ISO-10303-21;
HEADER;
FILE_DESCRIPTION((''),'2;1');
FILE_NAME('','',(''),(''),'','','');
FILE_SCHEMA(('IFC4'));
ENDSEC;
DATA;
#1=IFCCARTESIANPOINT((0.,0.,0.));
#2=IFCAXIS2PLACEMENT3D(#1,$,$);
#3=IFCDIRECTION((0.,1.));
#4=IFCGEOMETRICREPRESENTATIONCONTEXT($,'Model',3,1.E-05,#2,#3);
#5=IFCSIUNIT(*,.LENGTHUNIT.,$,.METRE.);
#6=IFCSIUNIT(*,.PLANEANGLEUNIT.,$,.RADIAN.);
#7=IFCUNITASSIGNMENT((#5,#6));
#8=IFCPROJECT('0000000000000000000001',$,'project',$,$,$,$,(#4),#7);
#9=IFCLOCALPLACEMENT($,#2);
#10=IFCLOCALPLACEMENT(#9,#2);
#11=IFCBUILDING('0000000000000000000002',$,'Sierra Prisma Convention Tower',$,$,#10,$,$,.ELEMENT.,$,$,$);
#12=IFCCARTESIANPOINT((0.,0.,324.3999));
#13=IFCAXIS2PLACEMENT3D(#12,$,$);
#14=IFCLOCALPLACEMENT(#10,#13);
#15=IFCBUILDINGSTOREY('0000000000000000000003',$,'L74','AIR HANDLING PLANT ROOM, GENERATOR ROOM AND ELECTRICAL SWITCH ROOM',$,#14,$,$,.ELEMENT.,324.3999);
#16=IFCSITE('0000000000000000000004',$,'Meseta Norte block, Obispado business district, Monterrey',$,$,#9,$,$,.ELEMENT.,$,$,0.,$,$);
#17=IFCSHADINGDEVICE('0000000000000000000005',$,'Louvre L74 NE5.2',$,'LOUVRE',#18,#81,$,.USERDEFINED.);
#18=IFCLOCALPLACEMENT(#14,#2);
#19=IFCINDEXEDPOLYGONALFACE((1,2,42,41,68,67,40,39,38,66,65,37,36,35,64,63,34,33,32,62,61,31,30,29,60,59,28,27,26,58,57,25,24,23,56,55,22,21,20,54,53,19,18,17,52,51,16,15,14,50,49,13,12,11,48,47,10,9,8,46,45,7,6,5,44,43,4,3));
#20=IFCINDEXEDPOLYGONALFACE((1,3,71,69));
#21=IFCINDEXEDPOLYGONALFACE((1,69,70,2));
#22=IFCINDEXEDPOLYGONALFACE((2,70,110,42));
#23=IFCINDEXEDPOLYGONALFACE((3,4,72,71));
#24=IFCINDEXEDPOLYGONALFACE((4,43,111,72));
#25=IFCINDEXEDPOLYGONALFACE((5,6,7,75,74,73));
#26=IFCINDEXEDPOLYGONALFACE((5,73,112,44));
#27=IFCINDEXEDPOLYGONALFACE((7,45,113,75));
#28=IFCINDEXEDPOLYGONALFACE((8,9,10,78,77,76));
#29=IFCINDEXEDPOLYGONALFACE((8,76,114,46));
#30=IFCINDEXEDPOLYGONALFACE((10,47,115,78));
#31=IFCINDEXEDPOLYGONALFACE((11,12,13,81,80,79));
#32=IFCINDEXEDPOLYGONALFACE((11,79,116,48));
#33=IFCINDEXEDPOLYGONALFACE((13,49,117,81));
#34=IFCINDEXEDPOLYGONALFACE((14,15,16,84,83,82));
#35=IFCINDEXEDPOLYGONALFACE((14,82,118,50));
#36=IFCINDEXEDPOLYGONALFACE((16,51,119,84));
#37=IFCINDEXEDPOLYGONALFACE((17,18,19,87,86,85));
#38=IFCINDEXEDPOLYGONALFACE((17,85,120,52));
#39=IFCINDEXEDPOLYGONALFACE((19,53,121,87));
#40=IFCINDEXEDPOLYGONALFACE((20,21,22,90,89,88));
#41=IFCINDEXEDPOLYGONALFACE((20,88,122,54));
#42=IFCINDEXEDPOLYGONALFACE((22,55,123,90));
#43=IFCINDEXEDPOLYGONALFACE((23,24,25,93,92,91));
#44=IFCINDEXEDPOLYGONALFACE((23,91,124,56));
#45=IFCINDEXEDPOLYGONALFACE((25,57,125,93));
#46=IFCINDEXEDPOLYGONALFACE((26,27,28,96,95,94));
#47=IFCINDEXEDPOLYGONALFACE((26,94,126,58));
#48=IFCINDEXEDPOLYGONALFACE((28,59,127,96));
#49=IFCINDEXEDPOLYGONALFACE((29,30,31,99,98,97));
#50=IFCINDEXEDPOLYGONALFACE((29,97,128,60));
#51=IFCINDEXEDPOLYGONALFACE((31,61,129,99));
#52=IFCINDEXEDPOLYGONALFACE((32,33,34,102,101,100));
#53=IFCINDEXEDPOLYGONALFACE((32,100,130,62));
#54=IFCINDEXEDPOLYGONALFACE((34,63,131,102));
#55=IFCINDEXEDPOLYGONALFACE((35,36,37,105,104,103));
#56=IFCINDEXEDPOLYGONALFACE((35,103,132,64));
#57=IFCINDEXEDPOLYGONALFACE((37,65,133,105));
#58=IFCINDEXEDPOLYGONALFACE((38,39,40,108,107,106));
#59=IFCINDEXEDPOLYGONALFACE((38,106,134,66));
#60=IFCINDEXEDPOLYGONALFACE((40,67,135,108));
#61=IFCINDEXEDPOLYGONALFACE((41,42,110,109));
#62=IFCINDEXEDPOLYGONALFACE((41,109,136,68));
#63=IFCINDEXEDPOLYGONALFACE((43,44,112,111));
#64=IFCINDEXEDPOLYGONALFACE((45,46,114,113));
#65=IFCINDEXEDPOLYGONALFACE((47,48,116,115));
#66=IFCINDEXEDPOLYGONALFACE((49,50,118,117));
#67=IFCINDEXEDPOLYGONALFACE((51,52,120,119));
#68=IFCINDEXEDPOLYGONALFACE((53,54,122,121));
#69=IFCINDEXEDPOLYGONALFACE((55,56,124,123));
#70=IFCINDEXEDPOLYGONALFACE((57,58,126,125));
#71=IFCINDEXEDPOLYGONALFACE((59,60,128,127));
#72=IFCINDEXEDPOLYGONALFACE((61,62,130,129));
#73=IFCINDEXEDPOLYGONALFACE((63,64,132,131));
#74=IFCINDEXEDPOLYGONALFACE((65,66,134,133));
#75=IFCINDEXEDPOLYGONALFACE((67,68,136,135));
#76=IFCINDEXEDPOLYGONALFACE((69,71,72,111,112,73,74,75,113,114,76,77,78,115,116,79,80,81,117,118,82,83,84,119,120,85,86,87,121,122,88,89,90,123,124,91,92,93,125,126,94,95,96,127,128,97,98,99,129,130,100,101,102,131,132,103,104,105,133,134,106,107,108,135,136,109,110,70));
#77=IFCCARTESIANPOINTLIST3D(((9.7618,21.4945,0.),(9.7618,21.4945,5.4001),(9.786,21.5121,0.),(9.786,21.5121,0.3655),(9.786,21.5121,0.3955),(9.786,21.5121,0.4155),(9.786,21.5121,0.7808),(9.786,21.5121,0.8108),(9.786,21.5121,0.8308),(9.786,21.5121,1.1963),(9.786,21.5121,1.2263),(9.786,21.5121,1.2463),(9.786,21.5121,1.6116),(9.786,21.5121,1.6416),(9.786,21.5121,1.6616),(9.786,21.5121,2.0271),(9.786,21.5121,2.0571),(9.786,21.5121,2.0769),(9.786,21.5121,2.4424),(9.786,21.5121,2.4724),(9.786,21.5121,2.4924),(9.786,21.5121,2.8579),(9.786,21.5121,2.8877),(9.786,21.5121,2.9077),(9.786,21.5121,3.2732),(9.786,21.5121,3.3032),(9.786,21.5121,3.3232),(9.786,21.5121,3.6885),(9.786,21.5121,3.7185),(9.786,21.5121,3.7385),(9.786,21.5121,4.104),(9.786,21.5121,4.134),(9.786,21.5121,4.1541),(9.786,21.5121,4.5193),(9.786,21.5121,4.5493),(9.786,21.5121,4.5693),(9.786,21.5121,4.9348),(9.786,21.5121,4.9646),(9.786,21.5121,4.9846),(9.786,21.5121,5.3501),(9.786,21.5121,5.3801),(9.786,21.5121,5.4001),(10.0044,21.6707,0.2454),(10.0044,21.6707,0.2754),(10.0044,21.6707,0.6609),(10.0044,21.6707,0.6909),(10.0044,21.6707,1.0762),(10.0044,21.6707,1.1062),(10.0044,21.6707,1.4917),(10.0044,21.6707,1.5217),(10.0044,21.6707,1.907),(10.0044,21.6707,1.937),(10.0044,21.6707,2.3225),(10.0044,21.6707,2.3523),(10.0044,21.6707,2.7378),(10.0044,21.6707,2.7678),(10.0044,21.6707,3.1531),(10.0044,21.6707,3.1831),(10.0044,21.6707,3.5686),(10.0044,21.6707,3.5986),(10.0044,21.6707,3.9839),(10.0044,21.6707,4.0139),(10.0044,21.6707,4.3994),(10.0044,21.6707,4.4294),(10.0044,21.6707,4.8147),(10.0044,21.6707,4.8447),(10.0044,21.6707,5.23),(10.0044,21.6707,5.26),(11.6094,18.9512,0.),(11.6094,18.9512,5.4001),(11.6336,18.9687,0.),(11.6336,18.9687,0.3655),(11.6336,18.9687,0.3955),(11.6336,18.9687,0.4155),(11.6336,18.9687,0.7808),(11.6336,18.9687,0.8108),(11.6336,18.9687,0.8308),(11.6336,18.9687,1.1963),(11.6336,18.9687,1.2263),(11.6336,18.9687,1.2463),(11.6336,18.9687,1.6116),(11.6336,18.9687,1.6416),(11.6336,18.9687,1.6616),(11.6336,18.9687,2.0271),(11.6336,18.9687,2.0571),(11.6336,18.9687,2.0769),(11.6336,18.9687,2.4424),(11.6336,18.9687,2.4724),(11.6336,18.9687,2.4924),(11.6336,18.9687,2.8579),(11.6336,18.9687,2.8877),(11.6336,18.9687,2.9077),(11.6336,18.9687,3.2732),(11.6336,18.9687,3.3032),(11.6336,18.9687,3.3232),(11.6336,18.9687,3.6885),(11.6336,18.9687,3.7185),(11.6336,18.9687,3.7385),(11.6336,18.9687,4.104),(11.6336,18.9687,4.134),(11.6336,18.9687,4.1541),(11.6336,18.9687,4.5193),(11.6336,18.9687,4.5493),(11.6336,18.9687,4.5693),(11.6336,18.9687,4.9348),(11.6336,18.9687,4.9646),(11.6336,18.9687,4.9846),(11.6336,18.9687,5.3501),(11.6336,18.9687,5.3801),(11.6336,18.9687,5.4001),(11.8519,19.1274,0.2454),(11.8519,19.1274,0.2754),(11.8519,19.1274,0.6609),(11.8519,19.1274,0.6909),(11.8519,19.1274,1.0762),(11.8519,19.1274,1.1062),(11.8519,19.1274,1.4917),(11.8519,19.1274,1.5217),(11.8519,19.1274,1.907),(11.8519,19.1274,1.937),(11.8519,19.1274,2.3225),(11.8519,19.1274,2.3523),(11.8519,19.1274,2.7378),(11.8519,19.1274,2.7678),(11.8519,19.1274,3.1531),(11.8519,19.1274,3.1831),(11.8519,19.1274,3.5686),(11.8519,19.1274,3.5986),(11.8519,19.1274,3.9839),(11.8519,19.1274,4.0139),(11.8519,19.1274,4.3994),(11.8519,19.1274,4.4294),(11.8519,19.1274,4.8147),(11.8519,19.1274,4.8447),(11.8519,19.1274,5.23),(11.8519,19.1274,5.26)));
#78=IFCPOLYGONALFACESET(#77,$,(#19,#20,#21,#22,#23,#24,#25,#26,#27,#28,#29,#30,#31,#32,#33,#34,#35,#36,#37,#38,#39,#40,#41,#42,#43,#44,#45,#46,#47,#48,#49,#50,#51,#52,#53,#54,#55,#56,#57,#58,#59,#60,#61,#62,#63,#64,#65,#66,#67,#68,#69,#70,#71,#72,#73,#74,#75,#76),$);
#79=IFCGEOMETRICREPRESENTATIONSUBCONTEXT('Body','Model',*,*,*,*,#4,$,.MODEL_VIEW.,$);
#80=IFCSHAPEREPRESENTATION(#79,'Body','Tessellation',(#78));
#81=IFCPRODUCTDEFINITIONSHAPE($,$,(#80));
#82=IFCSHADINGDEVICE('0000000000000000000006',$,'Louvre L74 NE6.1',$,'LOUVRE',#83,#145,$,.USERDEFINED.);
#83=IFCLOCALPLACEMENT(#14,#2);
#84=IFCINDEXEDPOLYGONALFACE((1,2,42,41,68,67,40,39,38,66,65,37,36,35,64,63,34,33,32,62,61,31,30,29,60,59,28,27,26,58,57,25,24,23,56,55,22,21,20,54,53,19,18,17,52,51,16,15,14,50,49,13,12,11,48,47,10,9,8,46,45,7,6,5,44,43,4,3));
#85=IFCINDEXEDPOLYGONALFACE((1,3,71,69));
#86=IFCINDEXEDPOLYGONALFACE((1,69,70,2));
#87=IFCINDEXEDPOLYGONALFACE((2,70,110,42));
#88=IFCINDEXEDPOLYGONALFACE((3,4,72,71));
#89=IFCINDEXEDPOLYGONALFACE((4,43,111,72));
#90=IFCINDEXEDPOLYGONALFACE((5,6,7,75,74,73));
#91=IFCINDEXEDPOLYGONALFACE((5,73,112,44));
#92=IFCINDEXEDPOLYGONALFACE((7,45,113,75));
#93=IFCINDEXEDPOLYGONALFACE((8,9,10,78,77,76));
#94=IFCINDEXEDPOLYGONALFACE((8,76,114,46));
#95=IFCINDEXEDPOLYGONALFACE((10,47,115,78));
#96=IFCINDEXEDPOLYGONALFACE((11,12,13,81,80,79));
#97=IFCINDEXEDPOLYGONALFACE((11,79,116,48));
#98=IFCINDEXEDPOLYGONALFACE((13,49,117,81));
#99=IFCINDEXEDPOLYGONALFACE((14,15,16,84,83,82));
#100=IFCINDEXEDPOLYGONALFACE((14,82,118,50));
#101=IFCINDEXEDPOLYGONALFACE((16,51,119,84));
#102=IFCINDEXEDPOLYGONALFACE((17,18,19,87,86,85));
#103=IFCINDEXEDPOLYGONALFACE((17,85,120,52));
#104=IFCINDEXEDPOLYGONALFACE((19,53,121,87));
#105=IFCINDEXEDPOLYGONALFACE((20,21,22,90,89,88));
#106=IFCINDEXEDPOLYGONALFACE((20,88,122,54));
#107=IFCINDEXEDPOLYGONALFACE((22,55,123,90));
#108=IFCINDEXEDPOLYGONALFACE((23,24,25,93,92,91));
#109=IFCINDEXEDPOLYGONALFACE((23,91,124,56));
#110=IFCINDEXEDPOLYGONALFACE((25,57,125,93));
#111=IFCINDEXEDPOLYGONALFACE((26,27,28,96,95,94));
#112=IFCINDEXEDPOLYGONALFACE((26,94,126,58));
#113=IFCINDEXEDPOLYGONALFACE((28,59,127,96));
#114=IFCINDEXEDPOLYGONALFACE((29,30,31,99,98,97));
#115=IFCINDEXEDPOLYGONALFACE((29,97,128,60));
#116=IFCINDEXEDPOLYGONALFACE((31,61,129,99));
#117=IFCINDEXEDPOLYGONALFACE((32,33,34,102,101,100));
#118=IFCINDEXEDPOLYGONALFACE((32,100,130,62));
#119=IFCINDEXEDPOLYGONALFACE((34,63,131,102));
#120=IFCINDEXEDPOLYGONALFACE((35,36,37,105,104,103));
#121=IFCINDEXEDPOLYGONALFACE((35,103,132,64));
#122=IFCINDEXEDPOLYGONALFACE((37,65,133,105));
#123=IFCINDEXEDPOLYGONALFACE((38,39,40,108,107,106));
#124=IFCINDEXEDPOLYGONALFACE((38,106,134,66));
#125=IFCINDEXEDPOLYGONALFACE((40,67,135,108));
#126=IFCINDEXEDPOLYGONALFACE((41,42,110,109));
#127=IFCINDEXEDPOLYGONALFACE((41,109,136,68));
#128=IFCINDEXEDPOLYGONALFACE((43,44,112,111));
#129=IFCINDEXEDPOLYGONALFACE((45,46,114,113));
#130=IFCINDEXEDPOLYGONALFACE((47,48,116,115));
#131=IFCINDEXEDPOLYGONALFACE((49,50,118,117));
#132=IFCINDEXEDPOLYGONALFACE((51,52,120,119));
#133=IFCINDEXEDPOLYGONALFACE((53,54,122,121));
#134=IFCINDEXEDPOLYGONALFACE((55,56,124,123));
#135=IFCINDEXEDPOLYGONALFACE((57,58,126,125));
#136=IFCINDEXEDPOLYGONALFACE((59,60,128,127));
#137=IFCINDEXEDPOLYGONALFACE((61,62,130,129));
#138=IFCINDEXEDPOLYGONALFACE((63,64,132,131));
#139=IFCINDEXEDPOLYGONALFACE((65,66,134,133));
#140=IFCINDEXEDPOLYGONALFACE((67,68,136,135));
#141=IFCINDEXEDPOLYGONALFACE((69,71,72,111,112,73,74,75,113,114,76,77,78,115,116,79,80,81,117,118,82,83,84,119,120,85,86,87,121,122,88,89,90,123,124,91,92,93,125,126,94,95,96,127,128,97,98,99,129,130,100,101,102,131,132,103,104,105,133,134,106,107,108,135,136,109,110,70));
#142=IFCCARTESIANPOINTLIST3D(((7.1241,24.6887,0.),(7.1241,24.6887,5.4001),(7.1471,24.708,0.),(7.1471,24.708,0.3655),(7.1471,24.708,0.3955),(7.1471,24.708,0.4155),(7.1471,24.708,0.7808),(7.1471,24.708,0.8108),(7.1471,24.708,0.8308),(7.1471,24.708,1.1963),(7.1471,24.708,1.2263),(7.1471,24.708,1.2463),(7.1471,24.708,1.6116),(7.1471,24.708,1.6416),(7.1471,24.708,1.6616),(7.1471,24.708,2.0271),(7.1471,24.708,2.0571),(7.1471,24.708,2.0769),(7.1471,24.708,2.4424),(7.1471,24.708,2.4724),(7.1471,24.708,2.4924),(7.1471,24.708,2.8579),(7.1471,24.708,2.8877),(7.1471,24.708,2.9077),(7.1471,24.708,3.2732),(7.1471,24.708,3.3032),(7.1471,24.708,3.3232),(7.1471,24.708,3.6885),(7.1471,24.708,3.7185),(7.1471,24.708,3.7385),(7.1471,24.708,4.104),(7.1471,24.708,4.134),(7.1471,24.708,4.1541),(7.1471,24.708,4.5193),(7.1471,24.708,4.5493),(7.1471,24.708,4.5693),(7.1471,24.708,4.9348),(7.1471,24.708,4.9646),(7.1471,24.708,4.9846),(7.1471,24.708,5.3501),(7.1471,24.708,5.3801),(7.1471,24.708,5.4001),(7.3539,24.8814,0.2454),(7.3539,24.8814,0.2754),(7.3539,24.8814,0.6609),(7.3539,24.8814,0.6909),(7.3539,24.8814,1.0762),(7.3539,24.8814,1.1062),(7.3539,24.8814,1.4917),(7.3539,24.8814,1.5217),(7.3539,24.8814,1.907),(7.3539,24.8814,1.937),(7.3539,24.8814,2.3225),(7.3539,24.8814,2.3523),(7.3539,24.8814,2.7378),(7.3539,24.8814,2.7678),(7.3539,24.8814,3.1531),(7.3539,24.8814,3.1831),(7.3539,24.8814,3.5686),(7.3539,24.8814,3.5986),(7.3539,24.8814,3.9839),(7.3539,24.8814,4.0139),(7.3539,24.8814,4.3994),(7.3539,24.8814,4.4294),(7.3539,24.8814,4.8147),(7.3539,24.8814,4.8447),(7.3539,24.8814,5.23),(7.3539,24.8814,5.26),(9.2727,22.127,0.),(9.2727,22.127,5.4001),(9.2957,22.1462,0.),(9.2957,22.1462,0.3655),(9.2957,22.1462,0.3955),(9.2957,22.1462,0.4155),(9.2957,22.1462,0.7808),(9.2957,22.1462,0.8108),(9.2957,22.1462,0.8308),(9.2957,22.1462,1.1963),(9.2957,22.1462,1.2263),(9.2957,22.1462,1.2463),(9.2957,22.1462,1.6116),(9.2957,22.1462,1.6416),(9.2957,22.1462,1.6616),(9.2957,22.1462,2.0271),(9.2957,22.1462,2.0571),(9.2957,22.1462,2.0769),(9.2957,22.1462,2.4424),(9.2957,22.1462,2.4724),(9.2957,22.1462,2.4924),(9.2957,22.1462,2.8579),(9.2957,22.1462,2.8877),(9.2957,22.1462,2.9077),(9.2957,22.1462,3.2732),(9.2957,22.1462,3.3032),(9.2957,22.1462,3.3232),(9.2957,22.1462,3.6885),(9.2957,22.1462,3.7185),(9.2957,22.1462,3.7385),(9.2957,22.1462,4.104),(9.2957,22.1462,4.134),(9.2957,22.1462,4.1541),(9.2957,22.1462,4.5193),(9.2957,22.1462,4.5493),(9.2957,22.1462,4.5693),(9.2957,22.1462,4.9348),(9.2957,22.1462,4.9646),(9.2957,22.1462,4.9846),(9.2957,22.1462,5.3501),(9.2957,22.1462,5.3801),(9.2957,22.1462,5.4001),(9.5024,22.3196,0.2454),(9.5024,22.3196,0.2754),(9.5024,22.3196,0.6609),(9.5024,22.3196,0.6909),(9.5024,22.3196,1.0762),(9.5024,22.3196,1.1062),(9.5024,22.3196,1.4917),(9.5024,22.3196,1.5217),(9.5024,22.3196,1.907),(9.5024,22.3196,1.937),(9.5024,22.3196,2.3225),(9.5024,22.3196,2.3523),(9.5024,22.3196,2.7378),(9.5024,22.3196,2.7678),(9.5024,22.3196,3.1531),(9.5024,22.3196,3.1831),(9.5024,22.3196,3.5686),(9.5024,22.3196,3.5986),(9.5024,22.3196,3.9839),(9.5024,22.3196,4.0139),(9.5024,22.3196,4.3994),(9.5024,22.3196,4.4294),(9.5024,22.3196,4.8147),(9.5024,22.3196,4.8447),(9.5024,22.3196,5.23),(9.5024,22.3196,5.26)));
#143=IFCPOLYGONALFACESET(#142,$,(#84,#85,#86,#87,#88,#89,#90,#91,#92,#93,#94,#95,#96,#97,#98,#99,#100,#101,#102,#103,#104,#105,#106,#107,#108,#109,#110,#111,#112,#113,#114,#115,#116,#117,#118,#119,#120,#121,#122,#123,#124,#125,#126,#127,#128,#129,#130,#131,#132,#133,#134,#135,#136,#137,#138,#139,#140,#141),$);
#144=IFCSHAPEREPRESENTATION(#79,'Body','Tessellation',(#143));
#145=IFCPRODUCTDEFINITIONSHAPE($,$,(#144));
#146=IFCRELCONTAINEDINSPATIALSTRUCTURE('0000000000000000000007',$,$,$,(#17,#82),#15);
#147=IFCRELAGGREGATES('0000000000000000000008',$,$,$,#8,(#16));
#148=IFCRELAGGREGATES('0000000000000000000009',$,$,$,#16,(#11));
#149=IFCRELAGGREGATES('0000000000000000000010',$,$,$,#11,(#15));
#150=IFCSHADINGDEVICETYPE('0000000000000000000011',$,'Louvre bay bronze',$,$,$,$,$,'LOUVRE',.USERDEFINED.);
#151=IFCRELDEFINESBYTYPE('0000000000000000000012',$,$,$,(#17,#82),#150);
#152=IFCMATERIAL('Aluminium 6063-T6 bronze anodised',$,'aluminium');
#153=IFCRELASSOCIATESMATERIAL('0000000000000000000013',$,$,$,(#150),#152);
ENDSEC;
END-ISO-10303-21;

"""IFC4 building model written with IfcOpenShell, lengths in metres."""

from ifc_helpers import new_model, si_unit, direction, frame, origin, place, context, subcontext, project, spatial, polyline, outline, extrude, material, type_object, element, save


model = new_model("IFC4")

# Units and contexts
model_context = context("Model", 3, precision=1e-05, world=origin(), true_north=direction((0.0, 1.0)))
body_context = subcontext(model_context, "Body", "Model", "MODEL_VIEW")
ifc_project = project(units=[si_unit("LENGTHUNIT", "METRE"), si_unit("PLANEANGLEUNIT", "RADIAN")], contexts=[model_context])

# Site, building, storey
site_placement = place(None, origin())
site = spatial("IfcSite", under=ifc_project, at=site_placement, Name="Meseta Norte block, Obispado business district, Monterrey", CompositionType="ELEMENT", RefElevation=0.0)
building_placement = place(site_placement, origin())
building = spatial("IfcBuilding", under=site, at=building_placement, Name="Sierra Prisma Convention Tower", CompositionType="ELEMENT")
storey_placement = place(building_placement, frame((0.0, 0.0, 324.3999)))
storey = spatial("IfcBuildingStorey", under=building, at=storey_placement, Name="L74", Description="AIR HANDLING PLANT ROOM, GENERATOR ROOM AND ELECTRICAL SWITCH ROOM", CompositionType="ELEMENT", Elevation=324.3999)

# Shading devices
ifc_material_1 = material(Name="Aluminium 6063-T6 bronze anodised", Category="aluminium")
shading_device_type = type_object("IfcShadingDeviceType", Name="Louvre bay bronze", ElementType="LOUVRE", PredefinedType="USERDEFINED", material=ifc_material_1)
shading_device_1_placement = place(storey_placement, frame((11.6094, 18.9512, 0.0), z_axis=(0.587726, -0.80906, 0.0), x_axis=(0.0, 0.0, 1.0)))
element("IfcShadingDevice", 1, at=shading_device_1_placement, inside=storey, type_object=shading_device_type, Name="Louvre L74 NE5.2", ObjectType="LOUVRE", PredefinedType="USERDEFINED", context=body_context, shape_type="SweptSolid", body=[
    extrude(outline(polyline([(0.0, 0.0), (5.4001, 0.0), (5.4001, -0.0299), (5.3801, -0.0299), (5.26, -0.2998), (5.23, -0.2998), (5.3501, -0.0299), (4.9846, -0.0299), (4.9646, -0.0299), (4.8447, -0.2998), (4.8147, -0.2998), (4.9348, -0.0299), (4.5693, -0.0299), (4.5493, -0.0299), (4.4294, -0.2998), (4.3994, -0.2998), (4.5193, -0.0299), (4.1541, -0.0299), (4.134, -0.0299), (4.0139, -0.2998), (3.9839, -0.2998), (4.104, -0.0299), (3.7385, -0.0299), (3.7185, -0.0299), (3.5986, -0.2998), (3.5686, -0.2998), (3.6885, -0.0299), (3.3232, -0.0299), (3.3032, -0.0299), (3.1831, -0.2998), (3.1531, -0.2998), (3.2732, -0.0299), (2.9077, -0.0299), (2.8877, -0.0299), (2.7678, -0.2998), (2.7378, -0.2998), (2.8579, -0.0299), (2.4924, -0.0299), (2.4724, -0.0299), (2.3523, -0.2998), (2.3225, -0.2998), (2.4424, -0.0299), (2.0769, -0.0299), (2.0571, -0.0299), (1.937, -0.2998), (1.907, -0.2998), (2.0271, -0.0299), (1.6616, -0.0299), (1.6416, -0.0299), (1.5217, -0.2998), (1.4917, -0.2998), (1.6116, -0.0299), (1.2463, -0.0299), (1.2263, -0.0299), (1.1062, -0.2998), (1.0762, -0.2998), (1.1963, -0.0299), (0.8308, -0.0299), (0.8108, -0.0299), (0.6909, -0.2998), (0.6609, -0.2998), (0.7808, -0.0299), (0.4155, -0.0299), (0.3955, -0.0299), (0.2754, -0.2998), (0.2454, -0.2998), (0.3655, -0.0299), (0.0, -0.0299), (0.0, 0.0)])), origin(), (0.0, 0.0, -1.0), 3.1436),
])
shading_device_2_placement = place(storey_placement, frame((9.2727, 22.127, 0.0), z_axis=(0.642614, -0.76619, 0.0), x_axis=(0.0, 0.0, 1.0)))
element("IfcShadingDevice", 2, at=shading_device_2_placement, inside=storey, type_object=shading_device_type, Name="Louvre L74 NE6.1", ObjectType="LOUVRE", PredefinedType="USERDEFINED", context=body_context, shape_type="SweptSolid", body=[
    extrude(outline(polyline([(0.0, 0.0), (5.4001, 0.0), (5.4001, -0.03), (5.3801, -0.03), (5.26, -0.2998), (5.23, -0.2998), (5.3501, -0.03), (4.9846, -0.03), (4.9646, -0.03), (4.8447, -0.2998), (4.8147, -0.2998), (4.9348, -0.03), (4.5693, -0.03), (4.5493, -0.03), (4.4294, -0.2998), (4.3994, -0.2998), (4.5193, -0.03), (4.1541, -0.03), (4.134, -0.03), (4.0139, -0.2998), (3.9839, -0.2998), (4.104, -0.03), (3.7385, -0.03), (3.7185, -0.03), (3.5986, -0.2998), (3.5686, -0.2998), (3.6885, -0.03), (3.3232, -0.03), (3.3032, -0.03), (3.1831, -0.2998), (3.1531, -0.2998), (3.2732, -0.03), (2.9077, -0.03), (2.8877, -0.03), (2.7678, -0.2998), (2.7378, -0.2998), (2.8579, -0.03), (2.4924, -0.03), (2.4724, -0.03), (2.3523, -0.2998), (2.3225, -0.2998), (2.4424, -0.03), (2.0769, -0.03), (2.0571, -0.03), (1.937, -0.2998), (1.907, -0.2998), (2.0271, -0.03), (1.6616, -0.03), (1.6416, -0.03), (1.5217, -0.2998), (1.4917, -0.2998), (1.6116, -0.03), (1.2463, -0.03), (1.2263, -0.03), (1.1062, -0.2998), (1.0762, -0.2998), (1.1963, -0.03), (0.8308, -0.03), (0.8108, -0.03), (0.6909, -0.2998), (0.6609, -0.2998), (0.7808, -0.03), (0.4155, -0.03), (0.3955, -0.03), (0.2754, -0.2998), (0.2454, -0.2998), (0.3655, -0.03), (0.0, -0.03), (0.0, 0.0)])), origin(), (0.0, 0.0, -1.0), 3.3435),
])

save(model, "model.ifc")
